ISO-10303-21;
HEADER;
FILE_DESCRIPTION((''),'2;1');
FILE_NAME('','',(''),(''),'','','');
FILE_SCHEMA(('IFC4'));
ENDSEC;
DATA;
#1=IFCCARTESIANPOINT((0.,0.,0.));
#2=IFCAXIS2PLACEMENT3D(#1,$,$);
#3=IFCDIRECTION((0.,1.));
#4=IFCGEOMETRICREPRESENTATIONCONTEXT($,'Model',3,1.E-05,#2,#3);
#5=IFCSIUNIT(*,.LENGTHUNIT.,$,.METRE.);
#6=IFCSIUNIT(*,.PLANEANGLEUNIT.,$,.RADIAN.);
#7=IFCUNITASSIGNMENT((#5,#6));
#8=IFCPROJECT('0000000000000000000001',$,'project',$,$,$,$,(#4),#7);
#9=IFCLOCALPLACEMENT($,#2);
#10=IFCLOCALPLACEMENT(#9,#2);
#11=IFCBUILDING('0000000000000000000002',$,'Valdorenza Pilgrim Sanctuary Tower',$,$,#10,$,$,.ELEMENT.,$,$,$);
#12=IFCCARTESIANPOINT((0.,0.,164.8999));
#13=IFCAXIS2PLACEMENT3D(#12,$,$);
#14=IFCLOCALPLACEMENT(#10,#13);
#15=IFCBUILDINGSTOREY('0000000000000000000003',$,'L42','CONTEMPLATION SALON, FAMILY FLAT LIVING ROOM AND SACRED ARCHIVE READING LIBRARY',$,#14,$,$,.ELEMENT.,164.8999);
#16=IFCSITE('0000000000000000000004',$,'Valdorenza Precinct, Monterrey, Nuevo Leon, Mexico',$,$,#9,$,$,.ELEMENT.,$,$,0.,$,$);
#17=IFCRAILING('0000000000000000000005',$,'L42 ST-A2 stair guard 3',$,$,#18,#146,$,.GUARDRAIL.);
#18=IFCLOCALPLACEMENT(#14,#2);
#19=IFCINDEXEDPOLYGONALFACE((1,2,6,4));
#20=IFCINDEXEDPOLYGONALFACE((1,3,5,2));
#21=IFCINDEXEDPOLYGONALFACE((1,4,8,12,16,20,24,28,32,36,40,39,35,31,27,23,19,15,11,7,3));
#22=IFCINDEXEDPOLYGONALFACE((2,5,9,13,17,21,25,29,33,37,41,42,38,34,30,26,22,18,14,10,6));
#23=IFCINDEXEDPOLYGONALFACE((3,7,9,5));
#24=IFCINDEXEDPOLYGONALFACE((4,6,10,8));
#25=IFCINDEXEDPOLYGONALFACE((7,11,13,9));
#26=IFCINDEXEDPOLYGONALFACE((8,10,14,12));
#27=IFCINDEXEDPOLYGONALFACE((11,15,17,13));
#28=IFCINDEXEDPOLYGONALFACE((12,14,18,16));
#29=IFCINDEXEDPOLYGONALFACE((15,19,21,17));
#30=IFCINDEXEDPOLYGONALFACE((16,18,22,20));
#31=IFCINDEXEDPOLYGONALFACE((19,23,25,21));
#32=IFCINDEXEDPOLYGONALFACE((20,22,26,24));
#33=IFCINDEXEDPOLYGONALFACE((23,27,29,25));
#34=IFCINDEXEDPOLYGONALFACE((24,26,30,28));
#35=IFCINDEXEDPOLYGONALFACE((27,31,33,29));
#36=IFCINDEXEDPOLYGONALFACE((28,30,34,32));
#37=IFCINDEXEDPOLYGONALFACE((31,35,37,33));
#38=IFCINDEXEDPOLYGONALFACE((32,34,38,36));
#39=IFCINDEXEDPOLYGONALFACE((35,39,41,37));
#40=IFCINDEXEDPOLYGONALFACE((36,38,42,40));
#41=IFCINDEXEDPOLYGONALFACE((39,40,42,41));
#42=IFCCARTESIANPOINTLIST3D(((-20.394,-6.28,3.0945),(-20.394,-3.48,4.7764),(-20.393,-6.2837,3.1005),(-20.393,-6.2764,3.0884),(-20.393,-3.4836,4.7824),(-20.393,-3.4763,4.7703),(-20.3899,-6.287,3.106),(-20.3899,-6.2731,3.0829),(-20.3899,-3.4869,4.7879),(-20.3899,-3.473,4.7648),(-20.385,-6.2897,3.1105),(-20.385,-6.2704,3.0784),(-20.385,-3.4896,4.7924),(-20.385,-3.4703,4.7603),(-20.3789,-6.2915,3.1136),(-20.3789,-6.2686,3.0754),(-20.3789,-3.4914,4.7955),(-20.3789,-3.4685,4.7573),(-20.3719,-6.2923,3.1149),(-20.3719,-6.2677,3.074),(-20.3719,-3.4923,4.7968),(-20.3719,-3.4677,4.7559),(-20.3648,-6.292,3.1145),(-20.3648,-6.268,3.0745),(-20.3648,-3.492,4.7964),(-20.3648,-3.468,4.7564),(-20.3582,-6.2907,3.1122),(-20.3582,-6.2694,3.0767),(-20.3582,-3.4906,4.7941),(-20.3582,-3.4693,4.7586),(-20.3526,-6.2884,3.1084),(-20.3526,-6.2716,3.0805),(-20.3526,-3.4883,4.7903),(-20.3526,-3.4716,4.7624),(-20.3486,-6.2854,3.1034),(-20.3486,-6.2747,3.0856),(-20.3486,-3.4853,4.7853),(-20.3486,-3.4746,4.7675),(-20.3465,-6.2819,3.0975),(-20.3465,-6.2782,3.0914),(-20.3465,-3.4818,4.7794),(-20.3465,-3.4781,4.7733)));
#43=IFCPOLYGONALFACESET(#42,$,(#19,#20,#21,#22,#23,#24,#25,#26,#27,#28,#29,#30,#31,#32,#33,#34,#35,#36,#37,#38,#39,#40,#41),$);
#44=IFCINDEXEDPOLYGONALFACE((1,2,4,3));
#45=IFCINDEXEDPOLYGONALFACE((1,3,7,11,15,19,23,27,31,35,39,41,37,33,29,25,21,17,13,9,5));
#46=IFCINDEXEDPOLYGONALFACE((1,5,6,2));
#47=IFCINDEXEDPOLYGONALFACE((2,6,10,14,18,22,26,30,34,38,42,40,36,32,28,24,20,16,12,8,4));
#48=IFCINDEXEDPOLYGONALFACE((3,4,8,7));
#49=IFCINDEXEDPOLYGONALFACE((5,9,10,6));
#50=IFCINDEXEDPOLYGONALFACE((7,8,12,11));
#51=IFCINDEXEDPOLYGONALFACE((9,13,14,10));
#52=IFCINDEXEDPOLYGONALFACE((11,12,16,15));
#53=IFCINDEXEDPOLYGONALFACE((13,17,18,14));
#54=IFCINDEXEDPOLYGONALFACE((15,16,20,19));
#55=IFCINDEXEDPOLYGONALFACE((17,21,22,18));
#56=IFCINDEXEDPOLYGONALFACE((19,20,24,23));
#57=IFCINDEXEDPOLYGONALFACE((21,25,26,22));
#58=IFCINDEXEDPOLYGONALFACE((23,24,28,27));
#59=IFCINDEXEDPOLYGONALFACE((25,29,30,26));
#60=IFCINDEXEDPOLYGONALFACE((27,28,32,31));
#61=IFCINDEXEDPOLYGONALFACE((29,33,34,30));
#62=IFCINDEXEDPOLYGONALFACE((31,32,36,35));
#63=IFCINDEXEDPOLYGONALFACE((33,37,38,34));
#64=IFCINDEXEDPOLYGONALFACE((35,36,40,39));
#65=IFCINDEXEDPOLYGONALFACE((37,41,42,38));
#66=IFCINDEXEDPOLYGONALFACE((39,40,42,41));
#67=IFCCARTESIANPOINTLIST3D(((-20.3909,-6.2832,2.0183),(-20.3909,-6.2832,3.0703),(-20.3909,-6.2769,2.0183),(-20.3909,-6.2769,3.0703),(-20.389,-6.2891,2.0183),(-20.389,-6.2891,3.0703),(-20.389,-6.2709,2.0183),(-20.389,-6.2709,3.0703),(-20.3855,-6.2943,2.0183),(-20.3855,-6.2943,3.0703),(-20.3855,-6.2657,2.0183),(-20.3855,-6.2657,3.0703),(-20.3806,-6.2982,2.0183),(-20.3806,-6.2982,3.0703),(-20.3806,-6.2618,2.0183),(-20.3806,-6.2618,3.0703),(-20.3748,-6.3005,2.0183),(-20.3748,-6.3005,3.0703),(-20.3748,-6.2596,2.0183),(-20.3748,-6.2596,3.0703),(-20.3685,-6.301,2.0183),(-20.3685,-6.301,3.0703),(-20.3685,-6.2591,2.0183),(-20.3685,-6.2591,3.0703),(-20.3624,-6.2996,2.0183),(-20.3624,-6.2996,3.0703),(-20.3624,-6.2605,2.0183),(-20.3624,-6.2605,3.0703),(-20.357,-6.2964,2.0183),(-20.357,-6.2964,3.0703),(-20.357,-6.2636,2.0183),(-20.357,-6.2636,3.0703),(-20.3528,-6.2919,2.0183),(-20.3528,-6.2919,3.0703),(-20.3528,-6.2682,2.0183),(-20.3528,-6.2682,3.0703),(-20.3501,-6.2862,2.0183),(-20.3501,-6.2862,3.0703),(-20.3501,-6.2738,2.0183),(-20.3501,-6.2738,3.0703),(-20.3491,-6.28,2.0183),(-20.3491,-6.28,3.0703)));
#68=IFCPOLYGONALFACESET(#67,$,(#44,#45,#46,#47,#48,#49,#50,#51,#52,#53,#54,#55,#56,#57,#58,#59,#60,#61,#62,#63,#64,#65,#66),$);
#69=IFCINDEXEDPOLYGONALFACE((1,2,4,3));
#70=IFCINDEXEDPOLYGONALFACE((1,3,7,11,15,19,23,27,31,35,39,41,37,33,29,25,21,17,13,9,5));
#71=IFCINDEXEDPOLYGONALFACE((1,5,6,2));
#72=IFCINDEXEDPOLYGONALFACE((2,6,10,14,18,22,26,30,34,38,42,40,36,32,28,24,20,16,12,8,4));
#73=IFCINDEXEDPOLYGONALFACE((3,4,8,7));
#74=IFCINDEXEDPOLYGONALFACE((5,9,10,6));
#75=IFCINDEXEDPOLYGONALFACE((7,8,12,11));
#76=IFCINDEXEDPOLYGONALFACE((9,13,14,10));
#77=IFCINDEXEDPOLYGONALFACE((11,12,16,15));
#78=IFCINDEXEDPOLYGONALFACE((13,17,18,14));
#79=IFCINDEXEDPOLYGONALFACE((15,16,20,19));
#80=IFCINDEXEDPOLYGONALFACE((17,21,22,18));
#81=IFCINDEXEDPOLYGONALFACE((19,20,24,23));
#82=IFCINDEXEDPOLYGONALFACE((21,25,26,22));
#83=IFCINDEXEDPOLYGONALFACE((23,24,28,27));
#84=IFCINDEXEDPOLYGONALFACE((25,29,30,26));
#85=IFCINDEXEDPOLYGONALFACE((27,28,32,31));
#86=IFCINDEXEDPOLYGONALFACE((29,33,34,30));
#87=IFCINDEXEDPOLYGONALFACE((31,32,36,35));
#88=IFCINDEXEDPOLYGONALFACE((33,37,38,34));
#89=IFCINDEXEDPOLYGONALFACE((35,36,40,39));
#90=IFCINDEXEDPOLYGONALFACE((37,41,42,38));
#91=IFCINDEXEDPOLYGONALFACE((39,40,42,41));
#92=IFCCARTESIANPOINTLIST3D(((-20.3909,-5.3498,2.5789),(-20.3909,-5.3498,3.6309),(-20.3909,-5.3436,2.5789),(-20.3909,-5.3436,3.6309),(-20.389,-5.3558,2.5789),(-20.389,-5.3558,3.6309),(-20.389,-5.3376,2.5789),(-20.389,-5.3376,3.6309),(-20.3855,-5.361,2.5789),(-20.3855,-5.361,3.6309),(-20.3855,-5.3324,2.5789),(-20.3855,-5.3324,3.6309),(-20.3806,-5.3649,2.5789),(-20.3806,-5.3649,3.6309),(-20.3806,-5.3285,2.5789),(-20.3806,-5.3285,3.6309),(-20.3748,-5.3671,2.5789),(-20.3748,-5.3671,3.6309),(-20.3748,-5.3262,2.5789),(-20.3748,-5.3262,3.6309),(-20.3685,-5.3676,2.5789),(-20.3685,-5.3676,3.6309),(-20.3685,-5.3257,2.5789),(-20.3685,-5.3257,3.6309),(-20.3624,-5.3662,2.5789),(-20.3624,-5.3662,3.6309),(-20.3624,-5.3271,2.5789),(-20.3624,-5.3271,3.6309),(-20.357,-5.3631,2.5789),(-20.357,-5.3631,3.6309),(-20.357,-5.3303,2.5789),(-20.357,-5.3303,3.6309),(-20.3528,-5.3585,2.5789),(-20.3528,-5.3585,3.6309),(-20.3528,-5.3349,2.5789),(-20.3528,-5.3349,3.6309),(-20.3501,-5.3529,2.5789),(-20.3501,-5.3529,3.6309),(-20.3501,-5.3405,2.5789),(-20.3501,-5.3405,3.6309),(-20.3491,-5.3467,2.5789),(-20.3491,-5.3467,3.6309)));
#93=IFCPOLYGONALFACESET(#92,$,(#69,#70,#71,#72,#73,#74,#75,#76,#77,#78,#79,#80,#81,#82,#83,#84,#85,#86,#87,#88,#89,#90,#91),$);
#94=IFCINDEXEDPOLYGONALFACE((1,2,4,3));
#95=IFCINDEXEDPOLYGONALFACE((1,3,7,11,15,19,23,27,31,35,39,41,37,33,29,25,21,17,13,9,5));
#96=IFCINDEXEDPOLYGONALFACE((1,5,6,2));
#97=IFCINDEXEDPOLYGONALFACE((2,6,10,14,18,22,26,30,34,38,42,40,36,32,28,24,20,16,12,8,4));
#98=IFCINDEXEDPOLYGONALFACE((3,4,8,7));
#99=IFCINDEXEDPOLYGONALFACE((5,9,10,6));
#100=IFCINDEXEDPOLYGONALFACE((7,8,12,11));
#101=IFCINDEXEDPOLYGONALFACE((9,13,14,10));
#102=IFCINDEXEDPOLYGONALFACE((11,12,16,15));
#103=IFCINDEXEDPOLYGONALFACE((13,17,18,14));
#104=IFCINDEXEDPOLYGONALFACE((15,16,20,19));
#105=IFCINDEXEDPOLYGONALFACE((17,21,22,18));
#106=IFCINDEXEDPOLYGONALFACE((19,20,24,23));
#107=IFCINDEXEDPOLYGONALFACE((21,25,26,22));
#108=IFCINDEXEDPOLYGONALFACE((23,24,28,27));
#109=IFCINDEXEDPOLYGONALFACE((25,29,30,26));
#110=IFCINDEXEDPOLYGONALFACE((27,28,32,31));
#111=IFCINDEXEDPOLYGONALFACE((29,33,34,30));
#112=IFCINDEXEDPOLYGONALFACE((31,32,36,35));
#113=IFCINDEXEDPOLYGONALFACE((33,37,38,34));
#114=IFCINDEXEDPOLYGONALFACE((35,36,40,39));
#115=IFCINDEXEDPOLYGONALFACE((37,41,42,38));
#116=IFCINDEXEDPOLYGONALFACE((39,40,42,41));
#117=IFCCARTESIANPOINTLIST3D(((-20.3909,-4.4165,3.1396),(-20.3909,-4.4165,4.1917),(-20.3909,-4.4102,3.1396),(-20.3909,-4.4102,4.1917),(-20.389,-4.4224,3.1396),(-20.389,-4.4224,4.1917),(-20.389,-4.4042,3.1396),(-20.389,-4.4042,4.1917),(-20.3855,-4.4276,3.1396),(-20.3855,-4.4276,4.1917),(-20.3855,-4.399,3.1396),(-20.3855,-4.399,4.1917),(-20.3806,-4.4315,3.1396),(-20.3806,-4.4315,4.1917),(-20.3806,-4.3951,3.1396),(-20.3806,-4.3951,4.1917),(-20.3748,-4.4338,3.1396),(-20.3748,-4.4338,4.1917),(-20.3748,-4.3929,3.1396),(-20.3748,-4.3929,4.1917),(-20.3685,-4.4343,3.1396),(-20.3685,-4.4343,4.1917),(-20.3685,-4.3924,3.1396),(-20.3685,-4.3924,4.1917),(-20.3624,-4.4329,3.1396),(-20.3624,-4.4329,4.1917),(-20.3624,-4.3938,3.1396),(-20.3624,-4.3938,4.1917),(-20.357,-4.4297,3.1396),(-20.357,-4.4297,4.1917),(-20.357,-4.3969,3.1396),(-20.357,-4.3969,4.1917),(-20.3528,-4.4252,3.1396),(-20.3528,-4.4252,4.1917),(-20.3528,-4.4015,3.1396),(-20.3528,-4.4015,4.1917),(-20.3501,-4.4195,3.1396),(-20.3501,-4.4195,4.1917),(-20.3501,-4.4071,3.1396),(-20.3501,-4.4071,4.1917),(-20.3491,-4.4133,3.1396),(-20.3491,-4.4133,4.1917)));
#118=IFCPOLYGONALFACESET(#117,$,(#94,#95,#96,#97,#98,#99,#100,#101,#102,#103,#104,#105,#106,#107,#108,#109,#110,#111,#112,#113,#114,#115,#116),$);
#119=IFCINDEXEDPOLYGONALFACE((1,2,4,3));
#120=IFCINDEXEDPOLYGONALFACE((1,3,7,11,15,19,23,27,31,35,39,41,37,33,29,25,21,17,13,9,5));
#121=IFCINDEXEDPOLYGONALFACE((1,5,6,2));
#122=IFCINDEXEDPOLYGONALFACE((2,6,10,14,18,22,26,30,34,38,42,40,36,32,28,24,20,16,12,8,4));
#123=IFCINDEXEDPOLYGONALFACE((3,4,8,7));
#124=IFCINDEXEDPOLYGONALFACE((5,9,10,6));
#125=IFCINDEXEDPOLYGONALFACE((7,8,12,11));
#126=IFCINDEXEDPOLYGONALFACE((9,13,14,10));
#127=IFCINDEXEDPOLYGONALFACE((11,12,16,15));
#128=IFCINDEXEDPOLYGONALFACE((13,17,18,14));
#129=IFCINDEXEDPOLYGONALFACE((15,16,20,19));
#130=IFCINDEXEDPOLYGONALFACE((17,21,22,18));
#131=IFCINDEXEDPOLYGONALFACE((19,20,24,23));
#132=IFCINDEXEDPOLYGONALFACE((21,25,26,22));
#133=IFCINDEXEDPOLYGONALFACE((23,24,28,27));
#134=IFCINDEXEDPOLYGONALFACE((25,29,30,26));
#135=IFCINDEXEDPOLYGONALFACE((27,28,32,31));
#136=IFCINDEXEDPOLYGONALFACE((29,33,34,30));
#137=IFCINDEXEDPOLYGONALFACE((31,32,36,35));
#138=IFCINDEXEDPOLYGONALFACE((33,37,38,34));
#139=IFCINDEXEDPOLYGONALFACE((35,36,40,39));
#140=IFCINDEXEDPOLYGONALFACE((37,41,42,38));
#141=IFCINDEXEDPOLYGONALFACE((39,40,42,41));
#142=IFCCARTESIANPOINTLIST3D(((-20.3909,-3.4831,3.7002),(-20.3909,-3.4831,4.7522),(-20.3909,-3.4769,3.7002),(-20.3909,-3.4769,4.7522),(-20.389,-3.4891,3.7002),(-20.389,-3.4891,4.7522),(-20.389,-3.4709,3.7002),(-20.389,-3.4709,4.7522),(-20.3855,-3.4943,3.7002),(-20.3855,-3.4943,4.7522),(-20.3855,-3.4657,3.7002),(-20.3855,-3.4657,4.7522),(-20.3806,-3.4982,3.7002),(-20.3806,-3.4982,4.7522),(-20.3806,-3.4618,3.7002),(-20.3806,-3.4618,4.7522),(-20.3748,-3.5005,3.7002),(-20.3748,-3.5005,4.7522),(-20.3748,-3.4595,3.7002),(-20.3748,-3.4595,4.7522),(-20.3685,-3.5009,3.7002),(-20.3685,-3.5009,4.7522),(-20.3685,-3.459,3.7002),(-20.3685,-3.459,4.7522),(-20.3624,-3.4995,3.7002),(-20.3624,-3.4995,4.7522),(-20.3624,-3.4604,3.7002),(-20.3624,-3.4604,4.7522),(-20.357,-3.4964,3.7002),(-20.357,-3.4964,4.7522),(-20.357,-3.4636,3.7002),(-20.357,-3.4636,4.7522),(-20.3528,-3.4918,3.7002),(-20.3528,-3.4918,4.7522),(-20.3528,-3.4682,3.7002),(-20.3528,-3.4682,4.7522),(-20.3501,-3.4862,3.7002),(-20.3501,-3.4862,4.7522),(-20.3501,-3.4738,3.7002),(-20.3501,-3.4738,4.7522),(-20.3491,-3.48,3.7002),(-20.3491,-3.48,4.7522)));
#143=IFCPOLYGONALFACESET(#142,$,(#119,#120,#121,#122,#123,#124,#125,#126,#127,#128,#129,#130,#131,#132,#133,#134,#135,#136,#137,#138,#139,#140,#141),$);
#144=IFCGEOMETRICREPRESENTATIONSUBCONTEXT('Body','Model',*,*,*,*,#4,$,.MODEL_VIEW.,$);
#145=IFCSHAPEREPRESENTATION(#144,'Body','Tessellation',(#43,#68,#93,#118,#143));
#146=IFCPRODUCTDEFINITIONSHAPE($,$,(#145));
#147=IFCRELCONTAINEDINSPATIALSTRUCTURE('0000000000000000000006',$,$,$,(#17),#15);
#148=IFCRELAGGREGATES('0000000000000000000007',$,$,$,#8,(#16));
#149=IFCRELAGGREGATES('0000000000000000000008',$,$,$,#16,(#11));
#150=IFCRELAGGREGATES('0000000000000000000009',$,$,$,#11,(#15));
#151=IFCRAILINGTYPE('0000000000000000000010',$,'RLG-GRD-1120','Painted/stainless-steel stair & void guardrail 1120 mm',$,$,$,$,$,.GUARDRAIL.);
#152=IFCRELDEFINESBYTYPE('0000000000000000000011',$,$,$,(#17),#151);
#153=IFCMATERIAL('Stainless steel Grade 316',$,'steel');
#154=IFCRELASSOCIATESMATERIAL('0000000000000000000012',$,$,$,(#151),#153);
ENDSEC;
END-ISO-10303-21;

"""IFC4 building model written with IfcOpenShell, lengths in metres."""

from ifc_helpers import new_model, si_unit, direction, frame, origin, origin_2d, place, context, subcontext, project, spatial, circle, extrude, material, type_object, element, save


model = new_model("IFC4")

# Units and contexts
model_context = context("Model", 3, precision=1e-05, world=origin(), true_north=direction((0.0, 1.0)))
body_context = subcontext(model_context, "Body", "Model", "MODEL_VIEW")
ifc_project = project(units=[si_unit("LENGTHUNIT", "METRE"), si_unit("PLANEANGLEUNIT", "RADIAN")], contexts=[model_context])

# Site, building, storey
site_placement = place(None, origin())
site = spatial("IfcSite", under=ifc_project, at=site_placement, Name="Valdorenza Precinct, Monterrey, Nuevo Leon, Mexico", CompositionType="ELEMENT", RefElevation=0.0)
building_placement = place(site_placement, origin())
building = spatial("IfcBuilding", under=site, at=building_placement, Name="Valdorenza Pilgrim Sanctuary Tower", CompositionType="ELEMENT")
storey_placement = place(building_placement, frame((0.0, 0.0, 164.8999)))
storey = spatial("IfcBuildingStorey", under=building, at=storey_placement, Name="L42", Description="CONTEMPLATION SALON, FAMILY FLAT LIVING ROOM AND SACRED ARCHIVE READING LIBRARY", CompositionType="ELEMENT", Elevation=164.8999)

# Railing
ifc_material_1 = material(Name="Stainless steel Grade 316", Category="steel")
railing_type_1 = type_object("IfcRailingType", Name="RLG-GRD-1120", Description="Painted/stainless-steel stair & void guardrail 1120 mm", PredefinedType="GUARDRAIL", material=ifc_material_1)
railing_1_placement = place(storey_placement, frame((-20.3701, -6.28, 2.0183)))
element("IfcRailing", 1, at=railing_1_placement, inside=storey, type_object=railing_type_1, Name="L42 ST-A2 stair guard 3", PredefinedType="GUARDRAIL", context=body_context, shape_type="SweptSolid", body=[
    extrude(circle(Radius=0.0239, at=origin_2d()), frame((0.0, 0.0, 1.0762), z_axis=(0.0, 0.857242, 0.514913), x_axis=(-1.0, 0.0, 0.0)), (0.0, 0.0, 1.0), 3.2664),
    extrude(circle(Radius=0.021, at=origin_2d()), origin(), (0.0, 0.0, 1.0), 1.052),
    extrude(circle(Radius=0.021, at=origin_2d()), frame((0.0, 0.9333, 0.5605)), (0.0, 0.0, 1.0), 1.052),
    extrude(circle(Radius=0.021, at=origin_2d()), frame((0.0, 1.8667, 1.1213)), (0.0, 0.0, 1.0), 1.052),
    extrude(circle(Radius=0.021, at=origin_2d()), frame((0.0, 2.8, 1.6819)), (0.0, 0.0, 1.0), 1.052),
])

save(model, "model.ifc")
